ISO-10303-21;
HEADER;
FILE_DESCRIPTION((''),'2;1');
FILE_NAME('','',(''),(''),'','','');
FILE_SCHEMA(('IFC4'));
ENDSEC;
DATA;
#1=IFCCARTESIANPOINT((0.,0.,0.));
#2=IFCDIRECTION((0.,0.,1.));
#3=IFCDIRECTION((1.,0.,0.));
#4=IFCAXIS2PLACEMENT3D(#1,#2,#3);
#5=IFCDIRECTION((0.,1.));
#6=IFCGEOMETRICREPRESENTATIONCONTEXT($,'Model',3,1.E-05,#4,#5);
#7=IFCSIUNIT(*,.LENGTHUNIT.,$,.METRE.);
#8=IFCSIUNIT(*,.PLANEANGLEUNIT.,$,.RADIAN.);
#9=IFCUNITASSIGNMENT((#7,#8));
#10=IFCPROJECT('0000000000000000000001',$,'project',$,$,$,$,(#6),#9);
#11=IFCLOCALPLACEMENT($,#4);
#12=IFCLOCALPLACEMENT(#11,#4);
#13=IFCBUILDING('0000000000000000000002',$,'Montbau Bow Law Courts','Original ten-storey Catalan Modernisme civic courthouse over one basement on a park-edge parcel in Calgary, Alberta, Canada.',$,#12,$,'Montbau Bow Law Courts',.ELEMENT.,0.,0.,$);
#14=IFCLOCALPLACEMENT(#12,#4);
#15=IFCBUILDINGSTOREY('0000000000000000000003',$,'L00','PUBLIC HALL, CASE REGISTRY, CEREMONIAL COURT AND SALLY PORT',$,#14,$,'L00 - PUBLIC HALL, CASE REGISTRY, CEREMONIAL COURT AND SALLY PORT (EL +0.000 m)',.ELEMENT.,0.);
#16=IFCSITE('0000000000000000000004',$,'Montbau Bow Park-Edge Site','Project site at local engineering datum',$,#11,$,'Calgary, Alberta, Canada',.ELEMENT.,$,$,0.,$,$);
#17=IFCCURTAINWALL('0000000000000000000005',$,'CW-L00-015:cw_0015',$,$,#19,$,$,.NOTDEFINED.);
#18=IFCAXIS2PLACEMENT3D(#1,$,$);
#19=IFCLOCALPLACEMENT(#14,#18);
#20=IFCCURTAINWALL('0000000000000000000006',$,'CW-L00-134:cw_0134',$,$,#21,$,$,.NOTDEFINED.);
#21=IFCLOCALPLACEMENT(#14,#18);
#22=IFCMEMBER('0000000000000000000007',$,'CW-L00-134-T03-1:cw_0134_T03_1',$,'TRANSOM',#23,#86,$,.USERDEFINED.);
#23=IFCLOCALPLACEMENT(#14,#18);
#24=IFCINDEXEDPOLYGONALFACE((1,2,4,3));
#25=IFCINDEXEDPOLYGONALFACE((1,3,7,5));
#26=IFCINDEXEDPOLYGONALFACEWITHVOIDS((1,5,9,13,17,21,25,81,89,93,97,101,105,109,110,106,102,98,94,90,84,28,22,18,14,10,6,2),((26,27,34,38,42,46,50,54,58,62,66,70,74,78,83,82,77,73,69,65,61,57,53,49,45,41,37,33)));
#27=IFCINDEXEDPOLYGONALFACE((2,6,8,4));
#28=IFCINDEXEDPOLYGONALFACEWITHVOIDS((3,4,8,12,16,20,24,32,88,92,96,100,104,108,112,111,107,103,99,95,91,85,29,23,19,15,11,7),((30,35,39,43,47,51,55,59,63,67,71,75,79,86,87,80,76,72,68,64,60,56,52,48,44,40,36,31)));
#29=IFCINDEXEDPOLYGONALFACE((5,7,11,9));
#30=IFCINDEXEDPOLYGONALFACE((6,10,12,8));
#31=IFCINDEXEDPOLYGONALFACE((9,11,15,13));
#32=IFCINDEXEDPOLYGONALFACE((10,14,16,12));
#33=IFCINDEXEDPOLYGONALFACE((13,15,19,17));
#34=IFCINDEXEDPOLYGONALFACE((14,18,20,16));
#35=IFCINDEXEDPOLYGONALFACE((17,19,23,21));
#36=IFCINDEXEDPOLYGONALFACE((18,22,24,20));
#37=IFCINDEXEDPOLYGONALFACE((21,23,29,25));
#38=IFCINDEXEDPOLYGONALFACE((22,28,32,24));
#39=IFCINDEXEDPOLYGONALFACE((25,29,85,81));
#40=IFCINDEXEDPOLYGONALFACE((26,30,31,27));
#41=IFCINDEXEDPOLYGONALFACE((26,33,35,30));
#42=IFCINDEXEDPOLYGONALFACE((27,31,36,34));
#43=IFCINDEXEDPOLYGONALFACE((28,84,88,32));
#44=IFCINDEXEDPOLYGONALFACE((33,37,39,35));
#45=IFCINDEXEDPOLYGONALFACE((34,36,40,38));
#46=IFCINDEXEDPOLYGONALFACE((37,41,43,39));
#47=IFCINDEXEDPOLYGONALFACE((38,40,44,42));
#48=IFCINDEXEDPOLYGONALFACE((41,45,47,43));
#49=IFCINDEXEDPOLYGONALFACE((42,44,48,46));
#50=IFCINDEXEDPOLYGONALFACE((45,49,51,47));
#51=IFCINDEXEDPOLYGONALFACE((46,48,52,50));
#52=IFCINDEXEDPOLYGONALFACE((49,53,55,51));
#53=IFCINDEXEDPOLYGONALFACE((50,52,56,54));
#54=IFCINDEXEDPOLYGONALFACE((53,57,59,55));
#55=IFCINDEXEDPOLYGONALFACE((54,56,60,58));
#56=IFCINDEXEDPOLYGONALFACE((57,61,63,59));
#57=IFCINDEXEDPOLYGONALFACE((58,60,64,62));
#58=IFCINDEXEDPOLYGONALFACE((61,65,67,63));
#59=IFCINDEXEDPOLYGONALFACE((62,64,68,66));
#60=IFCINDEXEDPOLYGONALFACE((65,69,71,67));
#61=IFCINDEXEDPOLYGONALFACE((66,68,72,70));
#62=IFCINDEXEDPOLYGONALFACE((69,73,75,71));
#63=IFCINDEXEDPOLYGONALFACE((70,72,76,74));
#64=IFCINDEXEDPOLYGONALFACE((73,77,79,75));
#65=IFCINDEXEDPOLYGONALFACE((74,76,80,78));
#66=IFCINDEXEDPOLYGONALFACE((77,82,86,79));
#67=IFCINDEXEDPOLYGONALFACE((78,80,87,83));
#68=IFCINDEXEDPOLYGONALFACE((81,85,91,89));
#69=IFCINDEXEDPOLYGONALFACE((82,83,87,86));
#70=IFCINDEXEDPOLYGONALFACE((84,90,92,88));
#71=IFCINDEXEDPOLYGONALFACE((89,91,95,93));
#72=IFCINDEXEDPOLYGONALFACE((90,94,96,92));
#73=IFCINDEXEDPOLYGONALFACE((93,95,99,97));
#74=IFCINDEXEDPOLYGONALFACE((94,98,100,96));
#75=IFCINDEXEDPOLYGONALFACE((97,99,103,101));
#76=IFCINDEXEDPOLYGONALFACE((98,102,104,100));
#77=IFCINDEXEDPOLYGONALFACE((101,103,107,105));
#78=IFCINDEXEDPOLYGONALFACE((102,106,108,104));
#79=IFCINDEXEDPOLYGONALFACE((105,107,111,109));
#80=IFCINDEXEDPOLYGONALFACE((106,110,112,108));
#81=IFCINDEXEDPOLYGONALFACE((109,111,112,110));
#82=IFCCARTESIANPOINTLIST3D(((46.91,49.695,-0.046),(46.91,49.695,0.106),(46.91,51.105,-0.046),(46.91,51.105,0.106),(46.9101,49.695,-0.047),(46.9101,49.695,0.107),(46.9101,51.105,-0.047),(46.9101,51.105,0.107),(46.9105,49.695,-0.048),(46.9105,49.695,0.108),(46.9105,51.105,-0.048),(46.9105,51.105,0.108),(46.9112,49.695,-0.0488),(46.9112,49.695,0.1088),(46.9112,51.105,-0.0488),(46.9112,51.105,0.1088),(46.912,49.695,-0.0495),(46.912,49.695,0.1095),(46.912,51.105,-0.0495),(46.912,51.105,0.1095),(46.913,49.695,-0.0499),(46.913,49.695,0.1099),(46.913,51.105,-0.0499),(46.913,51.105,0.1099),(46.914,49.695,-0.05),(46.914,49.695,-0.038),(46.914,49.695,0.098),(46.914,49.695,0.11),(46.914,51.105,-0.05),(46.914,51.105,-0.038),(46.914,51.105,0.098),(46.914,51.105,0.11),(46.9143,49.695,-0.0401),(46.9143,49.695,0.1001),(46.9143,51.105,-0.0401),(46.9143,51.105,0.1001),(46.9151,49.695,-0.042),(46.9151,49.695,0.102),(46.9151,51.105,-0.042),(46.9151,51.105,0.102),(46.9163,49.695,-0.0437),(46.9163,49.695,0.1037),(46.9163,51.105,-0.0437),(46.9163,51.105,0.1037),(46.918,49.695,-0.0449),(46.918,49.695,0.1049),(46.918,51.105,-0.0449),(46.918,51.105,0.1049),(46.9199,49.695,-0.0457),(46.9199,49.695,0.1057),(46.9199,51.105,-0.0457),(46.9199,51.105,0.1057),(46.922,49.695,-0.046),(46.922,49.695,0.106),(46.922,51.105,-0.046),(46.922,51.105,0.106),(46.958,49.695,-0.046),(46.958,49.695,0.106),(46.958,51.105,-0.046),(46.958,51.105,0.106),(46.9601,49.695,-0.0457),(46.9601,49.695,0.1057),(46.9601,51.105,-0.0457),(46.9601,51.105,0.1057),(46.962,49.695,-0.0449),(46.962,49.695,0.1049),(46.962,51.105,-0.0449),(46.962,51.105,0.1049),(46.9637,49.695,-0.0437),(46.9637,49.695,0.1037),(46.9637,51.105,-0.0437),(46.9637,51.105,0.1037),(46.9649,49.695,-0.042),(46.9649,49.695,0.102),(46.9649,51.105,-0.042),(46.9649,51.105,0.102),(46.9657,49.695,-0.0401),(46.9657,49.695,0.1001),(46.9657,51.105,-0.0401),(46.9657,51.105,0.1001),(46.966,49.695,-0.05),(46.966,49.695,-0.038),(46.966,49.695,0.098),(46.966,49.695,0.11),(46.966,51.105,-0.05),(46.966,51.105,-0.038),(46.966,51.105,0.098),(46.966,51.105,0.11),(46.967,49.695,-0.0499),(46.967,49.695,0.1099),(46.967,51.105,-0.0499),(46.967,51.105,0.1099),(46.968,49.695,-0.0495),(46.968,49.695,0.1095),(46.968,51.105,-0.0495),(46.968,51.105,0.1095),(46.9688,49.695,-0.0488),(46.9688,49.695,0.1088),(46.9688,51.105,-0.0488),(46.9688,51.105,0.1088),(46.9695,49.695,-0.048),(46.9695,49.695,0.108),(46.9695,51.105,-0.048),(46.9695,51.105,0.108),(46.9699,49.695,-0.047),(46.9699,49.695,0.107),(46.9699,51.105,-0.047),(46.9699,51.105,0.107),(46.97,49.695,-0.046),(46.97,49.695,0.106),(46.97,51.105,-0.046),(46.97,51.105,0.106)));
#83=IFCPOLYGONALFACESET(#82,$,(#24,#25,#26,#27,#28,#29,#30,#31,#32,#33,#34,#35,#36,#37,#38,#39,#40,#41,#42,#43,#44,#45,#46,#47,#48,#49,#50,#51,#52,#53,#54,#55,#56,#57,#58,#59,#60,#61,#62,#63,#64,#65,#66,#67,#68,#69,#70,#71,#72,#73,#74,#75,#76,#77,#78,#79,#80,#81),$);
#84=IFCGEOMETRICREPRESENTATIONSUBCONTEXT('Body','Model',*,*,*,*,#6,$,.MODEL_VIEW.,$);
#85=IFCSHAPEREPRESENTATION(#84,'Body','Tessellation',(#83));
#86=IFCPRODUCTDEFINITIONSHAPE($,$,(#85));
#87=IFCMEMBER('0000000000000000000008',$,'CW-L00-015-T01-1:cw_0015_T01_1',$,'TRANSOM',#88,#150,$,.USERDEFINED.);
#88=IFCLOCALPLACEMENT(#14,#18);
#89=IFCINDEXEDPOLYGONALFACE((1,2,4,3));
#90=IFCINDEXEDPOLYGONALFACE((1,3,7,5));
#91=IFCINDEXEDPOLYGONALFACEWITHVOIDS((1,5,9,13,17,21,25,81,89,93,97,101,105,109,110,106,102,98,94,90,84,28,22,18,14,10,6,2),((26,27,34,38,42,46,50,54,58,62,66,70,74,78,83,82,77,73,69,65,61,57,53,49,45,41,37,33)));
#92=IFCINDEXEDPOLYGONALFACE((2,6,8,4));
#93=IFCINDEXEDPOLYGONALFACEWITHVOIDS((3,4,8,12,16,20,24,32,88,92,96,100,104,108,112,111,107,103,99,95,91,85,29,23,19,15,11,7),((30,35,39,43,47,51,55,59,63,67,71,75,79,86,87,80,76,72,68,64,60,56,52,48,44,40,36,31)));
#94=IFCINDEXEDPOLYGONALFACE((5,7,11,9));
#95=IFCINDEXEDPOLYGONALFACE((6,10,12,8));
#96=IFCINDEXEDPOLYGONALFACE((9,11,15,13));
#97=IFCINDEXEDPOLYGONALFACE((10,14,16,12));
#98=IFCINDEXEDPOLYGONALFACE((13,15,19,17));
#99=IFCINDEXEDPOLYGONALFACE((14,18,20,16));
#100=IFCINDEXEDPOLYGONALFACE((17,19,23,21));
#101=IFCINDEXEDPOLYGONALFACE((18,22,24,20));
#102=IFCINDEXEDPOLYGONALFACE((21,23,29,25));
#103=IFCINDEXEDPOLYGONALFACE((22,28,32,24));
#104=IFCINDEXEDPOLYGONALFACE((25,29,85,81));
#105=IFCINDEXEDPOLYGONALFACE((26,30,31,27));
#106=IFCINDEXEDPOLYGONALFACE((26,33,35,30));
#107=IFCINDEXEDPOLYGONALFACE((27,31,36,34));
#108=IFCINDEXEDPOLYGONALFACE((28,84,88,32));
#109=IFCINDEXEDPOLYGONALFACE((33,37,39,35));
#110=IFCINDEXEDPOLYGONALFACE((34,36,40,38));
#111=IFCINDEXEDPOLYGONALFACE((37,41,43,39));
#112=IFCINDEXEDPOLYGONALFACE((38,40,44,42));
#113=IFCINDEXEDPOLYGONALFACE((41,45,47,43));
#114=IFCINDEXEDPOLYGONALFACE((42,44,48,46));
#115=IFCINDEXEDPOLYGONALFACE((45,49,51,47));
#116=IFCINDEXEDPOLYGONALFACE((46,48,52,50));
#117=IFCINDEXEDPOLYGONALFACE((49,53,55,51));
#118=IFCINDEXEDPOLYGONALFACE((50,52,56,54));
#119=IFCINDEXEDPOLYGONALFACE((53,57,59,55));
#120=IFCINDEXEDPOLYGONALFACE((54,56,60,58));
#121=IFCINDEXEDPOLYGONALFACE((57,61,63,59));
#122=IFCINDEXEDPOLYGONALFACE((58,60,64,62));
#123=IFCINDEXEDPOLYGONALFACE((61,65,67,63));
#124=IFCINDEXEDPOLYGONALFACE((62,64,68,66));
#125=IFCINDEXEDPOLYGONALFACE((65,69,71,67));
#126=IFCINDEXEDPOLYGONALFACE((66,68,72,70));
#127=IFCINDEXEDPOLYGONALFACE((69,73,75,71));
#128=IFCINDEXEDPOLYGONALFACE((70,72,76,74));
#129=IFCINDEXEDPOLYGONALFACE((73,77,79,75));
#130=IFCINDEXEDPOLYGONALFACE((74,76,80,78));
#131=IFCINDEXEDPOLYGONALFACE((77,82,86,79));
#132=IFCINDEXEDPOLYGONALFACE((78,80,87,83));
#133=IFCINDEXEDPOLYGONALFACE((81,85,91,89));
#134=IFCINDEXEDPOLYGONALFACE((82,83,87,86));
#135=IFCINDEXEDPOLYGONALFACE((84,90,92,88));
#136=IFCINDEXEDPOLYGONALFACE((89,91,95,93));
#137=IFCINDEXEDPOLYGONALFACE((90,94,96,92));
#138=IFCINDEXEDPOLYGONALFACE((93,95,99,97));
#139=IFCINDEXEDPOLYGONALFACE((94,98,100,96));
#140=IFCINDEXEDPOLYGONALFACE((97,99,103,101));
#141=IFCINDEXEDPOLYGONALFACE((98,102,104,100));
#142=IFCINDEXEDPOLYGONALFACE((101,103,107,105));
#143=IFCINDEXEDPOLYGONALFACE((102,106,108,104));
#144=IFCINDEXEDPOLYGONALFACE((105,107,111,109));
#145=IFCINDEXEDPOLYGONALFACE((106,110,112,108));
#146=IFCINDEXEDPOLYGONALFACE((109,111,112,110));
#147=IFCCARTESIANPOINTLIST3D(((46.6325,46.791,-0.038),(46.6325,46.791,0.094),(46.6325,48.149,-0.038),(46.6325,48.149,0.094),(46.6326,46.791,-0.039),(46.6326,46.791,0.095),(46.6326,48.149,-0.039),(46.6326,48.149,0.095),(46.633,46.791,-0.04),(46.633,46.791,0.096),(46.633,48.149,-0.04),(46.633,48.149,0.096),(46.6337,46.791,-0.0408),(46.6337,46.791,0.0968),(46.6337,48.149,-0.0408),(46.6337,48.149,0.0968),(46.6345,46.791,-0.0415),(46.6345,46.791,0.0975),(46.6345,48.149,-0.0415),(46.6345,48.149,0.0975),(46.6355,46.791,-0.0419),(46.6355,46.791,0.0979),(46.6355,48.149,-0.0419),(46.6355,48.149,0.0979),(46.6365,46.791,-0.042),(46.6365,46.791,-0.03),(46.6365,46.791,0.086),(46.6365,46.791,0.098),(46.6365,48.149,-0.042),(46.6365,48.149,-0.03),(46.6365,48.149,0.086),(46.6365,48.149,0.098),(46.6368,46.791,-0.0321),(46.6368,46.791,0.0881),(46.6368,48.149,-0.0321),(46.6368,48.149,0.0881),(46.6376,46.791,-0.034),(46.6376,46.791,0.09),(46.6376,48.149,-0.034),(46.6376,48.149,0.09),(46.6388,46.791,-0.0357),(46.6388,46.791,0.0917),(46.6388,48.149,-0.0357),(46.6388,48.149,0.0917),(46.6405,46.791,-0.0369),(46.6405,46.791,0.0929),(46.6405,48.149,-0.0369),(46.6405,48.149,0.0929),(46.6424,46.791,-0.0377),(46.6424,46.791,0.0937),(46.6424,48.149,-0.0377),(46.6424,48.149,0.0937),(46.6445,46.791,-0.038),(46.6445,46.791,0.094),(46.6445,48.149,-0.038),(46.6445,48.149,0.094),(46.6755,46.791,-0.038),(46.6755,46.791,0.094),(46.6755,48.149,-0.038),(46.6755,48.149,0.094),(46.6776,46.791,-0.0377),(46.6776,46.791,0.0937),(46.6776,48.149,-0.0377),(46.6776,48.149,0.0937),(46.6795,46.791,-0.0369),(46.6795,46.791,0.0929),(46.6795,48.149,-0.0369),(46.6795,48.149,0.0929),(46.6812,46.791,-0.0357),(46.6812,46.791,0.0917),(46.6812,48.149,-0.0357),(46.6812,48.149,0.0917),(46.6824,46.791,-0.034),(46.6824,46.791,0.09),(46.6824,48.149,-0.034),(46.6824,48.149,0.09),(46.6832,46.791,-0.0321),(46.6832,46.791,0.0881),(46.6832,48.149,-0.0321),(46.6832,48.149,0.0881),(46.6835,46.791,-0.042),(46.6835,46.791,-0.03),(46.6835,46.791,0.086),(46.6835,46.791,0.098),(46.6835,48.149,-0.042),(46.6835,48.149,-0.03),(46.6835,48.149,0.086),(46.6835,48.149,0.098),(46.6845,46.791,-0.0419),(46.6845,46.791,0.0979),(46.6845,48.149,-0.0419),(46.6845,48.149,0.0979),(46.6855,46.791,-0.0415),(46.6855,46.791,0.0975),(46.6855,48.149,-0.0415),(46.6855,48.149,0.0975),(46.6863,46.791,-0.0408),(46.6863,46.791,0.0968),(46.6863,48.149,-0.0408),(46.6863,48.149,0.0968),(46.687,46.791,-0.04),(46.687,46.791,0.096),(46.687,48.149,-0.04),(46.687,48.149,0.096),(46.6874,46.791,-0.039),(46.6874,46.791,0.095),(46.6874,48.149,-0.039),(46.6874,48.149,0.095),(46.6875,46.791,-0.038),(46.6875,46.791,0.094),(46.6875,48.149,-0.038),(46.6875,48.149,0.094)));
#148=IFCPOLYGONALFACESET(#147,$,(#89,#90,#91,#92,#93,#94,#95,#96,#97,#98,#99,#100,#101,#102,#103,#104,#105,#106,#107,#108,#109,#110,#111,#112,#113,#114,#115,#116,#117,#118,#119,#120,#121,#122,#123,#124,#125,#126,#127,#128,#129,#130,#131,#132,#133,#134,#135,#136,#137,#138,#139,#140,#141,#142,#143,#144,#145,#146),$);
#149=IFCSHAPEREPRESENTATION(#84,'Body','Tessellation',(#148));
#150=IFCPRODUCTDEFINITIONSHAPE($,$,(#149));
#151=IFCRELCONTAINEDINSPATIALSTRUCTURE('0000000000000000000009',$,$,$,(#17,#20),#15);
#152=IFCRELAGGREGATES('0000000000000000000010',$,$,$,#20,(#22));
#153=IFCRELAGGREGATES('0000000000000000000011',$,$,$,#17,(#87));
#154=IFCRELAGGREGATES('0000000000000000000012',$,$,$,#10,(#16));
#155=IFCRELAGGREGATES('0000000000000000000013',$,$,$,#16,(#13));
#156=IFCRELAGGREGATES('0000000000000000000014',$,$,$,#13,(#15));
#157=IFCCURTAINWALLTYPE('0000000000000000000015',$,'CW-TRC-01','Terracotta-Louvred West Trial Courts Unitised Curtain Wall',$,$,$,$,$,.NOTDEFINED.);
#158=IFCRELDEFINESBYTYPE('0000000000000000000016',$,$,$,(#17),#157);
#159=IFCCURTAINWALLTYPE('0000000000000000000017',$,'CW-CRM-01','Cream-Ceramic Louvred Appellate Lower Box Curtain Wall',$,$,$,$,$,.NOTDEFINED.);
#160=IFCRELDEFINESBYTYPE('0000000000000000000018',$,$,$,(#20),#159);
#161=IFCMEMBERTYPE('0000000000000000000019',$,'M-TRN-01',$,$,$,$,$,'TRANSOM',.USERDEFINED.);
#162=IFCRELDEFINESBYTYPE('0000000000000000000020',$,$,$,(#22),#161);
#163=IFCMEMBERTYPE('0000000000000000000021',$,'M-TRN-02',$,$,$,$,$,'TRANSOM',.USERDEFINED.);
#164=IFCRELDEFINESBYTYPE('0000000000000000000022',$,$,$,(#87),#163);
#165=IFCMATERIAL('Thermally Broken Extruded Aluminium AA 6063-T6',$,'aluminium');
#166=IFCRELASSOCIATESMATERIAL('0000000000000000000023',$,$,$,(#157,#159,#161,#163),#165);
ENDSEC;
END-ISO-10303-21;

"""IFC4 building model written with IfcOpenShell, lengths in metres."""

from ifc_helpers import new_model, si_unit, direction, frame, origin_with_axes, origin_2d_with_axis, place, context, subcontext, project, spatial, hollow_rectangle, extrude, material, material_profile, profile_set, type_object, element, aggregate, save


model = new_model("IFC4")

# Units and contexts
model_context = context("Model", 3, precision=1e-05, world=origin_with_axes(), true_north=direction((0.0, 1.0)))
body_context = subcontext(model_context, "Body", "Model", "MODEL_VIEW")
ifc_project = project(units=[si_unit("LENGTHUNIT", "METRE"), si_unit("PLANEANGLEUNIT", "RADIAN")], contexts=[model_context])

# Site, building, storey
site_placement = place(None, origin_with_axes())
site = spatial("IfcSite", under=ifc_project, at=site_placement, Name="Montbau Bow Park-Edge Site", Description="Project site at local engineering datum", LongName="Calgary, Alberta, Canada", CompositionType="ELEMENT", RefElevation=0.0)
building_placement = place(site_placement, origin_with_axes())
building = spatial("IfcBuilding", under=site, at=building_placement, Name="Montbau Bow Law Courts", Description="Original ten-storey Catalan Modernisme civic courthouse over one basement on a park-edge parcel in Calgary, Alberta, Canada.", LongName="Montbau Bow Law Courts", CompositionType="ELEMENT", ElevationOfRefHeight=0.0, ElevationOfTerrain=0.0)
storey_placement = place(building_placement, origin_with_axes())
storey = spatial("IfcBuildingStorey", under=building, at=storey_placement, Name="L00", Description="PUBLIC HALL, CASE REGISTRY, CEREMONIAL COURT AND SALLY PORT", LongName="L00 - PUBLIC HALL, CASE REGISTRY, CEREMONIAL COURT AND SALLY PORT (EL +0.000 m)", CompositionType="ELEMENT", Elevation=0.0)

# Curtain walls, member
ifc_material_1 = material(Name="Thermally Broken Extruded Aluminium AA 6063-T6", Category="aluminium")
curtain_wall_type_1 = type_object("IfcCurtainWallType", Name="CW-TRC-01", Description="Terracotta-Louvred West Trial Courts Unitised Curtain Wall", PredefinedType="NOTDEFINED", material=ifc_material_1)
curtain_wall_1_placement = place(None, frame((46.66, 46.715, 0.0), z_axis=(0.0, 0.0, 1.0), x_axis=(1.0, 0.0, 0.0)))
curtain_wall_1 = element("IfcCurtainWall", 1, at=curtain_wall_1_placement, inside=storey, type_object=curtain_wall_type_1, Name="CW-L00-015:cw_0015", PredefinedType="NOTDEFINED")
curtain_wall_type_2 = type_object("IfcCurtainWallType", Name="CW-CRM-01", Description="Cream-Ceramic Louvred Appellate Lower Box Curtain Wall", PredefinedType="NOTDEFINED", material=ifc_material_1)
curtain_wall_2_placement = place(None, frame((46.94, 46.715, 0.0), z_axis=(0.0, 0.0, 1.0), x_axis=(1.0, 0.0, 0.0)))
curtain_wall_2 = element("IfcCurtainWall", 2, at=curtain_wall_2_placement, inside=storey, type_object=curtain_wall_type_2, Name="CW-L00-134:cw_0134", PredefinedType="NOTDEFINED")
ifc_material_profile_1 = material_profile(ifc_material_1, hollow_rectangle(XDim=0.06, YDim=0.16, WallThickness=0.004, InnerFilletRadius=0.008, OuterFilletRadius=0.004, at=origin_2d_with_axis()), Name="CWT-160X60", Category="Main", Priority=0)
ifc_profile_set_1 = profile_set([ifc_material_profile_1], Name="Thermally Broken Extruded Aluminium AA 6063-T6")
member_type_1 = type_object("IfcMemberType", Name="M-TRN-01", ElementType="TRANSOM", PredefinedType="USERDEFINED", material=ifc_profile_set_1)
member_1_placement = place(None, frame((46.94, 49.695, 0.03), z_axis=(0.0, 1.0, 0.0), x_axis=(-1.0, 0.0, 0.0)))
member_1 = element("IfcMember", 3, at=member_1_placement, type_object=member_type_1, Name="CW-L00-134-T03-1:cw_0134_T03_1", ObjectType="TRANSOM", PredefinedType="USERDEFINED", context=body_context, shape_type="SweptSolid", body=[
    extrude(hollow_rectangle(XDim=0.06, YDim=0.16, WallThickness=0.004, InnerFilletRadius=0.008, OuterFilletRadius=0.004, at=origin_2d_with_axis()), origin_with_axes(), (0.0, 0.0, 1.0), 1.41),
])
aggregate(curtain_wall_2, [member_1])

# Member
ifc_material_profile_2 = material_profile(ifc_material_1, hollow_rectangle(XDim=0.055, YDim=0.14, WallThickness=0.004, InnerFilletRadius=0.008, OuterFilletRadius=0.004, at=origin_2d_with_axis()), Name="CWT-140X55", Category="Main", Priority=0)
ifc_profile_set_2 = profile_set([ifc_material_profile_2], Name="Thermally Broken Extruded Aluminium AA 6063-T6")
member_type_2 = type_object("IfcMemberType", Name="M-TRN-02", ElementType="TRANSOM", PredefinedType="USERDEFINED", material=ifc_profile_set_2)
member_2_placement = place(None, frame((46.66, 46.791, 0.028), z_axis=(0.0, 1.0, 0.0), x_axis=(-1.0, 0.0, 0.0)))
member_2 = element("IfcMember", 4, at=member_2_placement, type_object=member_type_2, Name="CW-L00-015-T01-1:cw_0015_T01_1", ObjectType="TRANSOM", PredefinedType="USERDEFINED", context=body_context, shape_type="SweptSolid", body=[
    extrude(hollow_rectangle(XDim=0.055, YDim=0.14, WallThickness=0.004, InnerFilletRadius=0.008, OuterFilletRadius=0.004, at=origin_2d_with_axis()), origin_with_axes(), (0.0, 0.0, 1.0), 1.358),
])

aggregate(curtain_wall_1, [member_2])

save(model, "model.ifc")
